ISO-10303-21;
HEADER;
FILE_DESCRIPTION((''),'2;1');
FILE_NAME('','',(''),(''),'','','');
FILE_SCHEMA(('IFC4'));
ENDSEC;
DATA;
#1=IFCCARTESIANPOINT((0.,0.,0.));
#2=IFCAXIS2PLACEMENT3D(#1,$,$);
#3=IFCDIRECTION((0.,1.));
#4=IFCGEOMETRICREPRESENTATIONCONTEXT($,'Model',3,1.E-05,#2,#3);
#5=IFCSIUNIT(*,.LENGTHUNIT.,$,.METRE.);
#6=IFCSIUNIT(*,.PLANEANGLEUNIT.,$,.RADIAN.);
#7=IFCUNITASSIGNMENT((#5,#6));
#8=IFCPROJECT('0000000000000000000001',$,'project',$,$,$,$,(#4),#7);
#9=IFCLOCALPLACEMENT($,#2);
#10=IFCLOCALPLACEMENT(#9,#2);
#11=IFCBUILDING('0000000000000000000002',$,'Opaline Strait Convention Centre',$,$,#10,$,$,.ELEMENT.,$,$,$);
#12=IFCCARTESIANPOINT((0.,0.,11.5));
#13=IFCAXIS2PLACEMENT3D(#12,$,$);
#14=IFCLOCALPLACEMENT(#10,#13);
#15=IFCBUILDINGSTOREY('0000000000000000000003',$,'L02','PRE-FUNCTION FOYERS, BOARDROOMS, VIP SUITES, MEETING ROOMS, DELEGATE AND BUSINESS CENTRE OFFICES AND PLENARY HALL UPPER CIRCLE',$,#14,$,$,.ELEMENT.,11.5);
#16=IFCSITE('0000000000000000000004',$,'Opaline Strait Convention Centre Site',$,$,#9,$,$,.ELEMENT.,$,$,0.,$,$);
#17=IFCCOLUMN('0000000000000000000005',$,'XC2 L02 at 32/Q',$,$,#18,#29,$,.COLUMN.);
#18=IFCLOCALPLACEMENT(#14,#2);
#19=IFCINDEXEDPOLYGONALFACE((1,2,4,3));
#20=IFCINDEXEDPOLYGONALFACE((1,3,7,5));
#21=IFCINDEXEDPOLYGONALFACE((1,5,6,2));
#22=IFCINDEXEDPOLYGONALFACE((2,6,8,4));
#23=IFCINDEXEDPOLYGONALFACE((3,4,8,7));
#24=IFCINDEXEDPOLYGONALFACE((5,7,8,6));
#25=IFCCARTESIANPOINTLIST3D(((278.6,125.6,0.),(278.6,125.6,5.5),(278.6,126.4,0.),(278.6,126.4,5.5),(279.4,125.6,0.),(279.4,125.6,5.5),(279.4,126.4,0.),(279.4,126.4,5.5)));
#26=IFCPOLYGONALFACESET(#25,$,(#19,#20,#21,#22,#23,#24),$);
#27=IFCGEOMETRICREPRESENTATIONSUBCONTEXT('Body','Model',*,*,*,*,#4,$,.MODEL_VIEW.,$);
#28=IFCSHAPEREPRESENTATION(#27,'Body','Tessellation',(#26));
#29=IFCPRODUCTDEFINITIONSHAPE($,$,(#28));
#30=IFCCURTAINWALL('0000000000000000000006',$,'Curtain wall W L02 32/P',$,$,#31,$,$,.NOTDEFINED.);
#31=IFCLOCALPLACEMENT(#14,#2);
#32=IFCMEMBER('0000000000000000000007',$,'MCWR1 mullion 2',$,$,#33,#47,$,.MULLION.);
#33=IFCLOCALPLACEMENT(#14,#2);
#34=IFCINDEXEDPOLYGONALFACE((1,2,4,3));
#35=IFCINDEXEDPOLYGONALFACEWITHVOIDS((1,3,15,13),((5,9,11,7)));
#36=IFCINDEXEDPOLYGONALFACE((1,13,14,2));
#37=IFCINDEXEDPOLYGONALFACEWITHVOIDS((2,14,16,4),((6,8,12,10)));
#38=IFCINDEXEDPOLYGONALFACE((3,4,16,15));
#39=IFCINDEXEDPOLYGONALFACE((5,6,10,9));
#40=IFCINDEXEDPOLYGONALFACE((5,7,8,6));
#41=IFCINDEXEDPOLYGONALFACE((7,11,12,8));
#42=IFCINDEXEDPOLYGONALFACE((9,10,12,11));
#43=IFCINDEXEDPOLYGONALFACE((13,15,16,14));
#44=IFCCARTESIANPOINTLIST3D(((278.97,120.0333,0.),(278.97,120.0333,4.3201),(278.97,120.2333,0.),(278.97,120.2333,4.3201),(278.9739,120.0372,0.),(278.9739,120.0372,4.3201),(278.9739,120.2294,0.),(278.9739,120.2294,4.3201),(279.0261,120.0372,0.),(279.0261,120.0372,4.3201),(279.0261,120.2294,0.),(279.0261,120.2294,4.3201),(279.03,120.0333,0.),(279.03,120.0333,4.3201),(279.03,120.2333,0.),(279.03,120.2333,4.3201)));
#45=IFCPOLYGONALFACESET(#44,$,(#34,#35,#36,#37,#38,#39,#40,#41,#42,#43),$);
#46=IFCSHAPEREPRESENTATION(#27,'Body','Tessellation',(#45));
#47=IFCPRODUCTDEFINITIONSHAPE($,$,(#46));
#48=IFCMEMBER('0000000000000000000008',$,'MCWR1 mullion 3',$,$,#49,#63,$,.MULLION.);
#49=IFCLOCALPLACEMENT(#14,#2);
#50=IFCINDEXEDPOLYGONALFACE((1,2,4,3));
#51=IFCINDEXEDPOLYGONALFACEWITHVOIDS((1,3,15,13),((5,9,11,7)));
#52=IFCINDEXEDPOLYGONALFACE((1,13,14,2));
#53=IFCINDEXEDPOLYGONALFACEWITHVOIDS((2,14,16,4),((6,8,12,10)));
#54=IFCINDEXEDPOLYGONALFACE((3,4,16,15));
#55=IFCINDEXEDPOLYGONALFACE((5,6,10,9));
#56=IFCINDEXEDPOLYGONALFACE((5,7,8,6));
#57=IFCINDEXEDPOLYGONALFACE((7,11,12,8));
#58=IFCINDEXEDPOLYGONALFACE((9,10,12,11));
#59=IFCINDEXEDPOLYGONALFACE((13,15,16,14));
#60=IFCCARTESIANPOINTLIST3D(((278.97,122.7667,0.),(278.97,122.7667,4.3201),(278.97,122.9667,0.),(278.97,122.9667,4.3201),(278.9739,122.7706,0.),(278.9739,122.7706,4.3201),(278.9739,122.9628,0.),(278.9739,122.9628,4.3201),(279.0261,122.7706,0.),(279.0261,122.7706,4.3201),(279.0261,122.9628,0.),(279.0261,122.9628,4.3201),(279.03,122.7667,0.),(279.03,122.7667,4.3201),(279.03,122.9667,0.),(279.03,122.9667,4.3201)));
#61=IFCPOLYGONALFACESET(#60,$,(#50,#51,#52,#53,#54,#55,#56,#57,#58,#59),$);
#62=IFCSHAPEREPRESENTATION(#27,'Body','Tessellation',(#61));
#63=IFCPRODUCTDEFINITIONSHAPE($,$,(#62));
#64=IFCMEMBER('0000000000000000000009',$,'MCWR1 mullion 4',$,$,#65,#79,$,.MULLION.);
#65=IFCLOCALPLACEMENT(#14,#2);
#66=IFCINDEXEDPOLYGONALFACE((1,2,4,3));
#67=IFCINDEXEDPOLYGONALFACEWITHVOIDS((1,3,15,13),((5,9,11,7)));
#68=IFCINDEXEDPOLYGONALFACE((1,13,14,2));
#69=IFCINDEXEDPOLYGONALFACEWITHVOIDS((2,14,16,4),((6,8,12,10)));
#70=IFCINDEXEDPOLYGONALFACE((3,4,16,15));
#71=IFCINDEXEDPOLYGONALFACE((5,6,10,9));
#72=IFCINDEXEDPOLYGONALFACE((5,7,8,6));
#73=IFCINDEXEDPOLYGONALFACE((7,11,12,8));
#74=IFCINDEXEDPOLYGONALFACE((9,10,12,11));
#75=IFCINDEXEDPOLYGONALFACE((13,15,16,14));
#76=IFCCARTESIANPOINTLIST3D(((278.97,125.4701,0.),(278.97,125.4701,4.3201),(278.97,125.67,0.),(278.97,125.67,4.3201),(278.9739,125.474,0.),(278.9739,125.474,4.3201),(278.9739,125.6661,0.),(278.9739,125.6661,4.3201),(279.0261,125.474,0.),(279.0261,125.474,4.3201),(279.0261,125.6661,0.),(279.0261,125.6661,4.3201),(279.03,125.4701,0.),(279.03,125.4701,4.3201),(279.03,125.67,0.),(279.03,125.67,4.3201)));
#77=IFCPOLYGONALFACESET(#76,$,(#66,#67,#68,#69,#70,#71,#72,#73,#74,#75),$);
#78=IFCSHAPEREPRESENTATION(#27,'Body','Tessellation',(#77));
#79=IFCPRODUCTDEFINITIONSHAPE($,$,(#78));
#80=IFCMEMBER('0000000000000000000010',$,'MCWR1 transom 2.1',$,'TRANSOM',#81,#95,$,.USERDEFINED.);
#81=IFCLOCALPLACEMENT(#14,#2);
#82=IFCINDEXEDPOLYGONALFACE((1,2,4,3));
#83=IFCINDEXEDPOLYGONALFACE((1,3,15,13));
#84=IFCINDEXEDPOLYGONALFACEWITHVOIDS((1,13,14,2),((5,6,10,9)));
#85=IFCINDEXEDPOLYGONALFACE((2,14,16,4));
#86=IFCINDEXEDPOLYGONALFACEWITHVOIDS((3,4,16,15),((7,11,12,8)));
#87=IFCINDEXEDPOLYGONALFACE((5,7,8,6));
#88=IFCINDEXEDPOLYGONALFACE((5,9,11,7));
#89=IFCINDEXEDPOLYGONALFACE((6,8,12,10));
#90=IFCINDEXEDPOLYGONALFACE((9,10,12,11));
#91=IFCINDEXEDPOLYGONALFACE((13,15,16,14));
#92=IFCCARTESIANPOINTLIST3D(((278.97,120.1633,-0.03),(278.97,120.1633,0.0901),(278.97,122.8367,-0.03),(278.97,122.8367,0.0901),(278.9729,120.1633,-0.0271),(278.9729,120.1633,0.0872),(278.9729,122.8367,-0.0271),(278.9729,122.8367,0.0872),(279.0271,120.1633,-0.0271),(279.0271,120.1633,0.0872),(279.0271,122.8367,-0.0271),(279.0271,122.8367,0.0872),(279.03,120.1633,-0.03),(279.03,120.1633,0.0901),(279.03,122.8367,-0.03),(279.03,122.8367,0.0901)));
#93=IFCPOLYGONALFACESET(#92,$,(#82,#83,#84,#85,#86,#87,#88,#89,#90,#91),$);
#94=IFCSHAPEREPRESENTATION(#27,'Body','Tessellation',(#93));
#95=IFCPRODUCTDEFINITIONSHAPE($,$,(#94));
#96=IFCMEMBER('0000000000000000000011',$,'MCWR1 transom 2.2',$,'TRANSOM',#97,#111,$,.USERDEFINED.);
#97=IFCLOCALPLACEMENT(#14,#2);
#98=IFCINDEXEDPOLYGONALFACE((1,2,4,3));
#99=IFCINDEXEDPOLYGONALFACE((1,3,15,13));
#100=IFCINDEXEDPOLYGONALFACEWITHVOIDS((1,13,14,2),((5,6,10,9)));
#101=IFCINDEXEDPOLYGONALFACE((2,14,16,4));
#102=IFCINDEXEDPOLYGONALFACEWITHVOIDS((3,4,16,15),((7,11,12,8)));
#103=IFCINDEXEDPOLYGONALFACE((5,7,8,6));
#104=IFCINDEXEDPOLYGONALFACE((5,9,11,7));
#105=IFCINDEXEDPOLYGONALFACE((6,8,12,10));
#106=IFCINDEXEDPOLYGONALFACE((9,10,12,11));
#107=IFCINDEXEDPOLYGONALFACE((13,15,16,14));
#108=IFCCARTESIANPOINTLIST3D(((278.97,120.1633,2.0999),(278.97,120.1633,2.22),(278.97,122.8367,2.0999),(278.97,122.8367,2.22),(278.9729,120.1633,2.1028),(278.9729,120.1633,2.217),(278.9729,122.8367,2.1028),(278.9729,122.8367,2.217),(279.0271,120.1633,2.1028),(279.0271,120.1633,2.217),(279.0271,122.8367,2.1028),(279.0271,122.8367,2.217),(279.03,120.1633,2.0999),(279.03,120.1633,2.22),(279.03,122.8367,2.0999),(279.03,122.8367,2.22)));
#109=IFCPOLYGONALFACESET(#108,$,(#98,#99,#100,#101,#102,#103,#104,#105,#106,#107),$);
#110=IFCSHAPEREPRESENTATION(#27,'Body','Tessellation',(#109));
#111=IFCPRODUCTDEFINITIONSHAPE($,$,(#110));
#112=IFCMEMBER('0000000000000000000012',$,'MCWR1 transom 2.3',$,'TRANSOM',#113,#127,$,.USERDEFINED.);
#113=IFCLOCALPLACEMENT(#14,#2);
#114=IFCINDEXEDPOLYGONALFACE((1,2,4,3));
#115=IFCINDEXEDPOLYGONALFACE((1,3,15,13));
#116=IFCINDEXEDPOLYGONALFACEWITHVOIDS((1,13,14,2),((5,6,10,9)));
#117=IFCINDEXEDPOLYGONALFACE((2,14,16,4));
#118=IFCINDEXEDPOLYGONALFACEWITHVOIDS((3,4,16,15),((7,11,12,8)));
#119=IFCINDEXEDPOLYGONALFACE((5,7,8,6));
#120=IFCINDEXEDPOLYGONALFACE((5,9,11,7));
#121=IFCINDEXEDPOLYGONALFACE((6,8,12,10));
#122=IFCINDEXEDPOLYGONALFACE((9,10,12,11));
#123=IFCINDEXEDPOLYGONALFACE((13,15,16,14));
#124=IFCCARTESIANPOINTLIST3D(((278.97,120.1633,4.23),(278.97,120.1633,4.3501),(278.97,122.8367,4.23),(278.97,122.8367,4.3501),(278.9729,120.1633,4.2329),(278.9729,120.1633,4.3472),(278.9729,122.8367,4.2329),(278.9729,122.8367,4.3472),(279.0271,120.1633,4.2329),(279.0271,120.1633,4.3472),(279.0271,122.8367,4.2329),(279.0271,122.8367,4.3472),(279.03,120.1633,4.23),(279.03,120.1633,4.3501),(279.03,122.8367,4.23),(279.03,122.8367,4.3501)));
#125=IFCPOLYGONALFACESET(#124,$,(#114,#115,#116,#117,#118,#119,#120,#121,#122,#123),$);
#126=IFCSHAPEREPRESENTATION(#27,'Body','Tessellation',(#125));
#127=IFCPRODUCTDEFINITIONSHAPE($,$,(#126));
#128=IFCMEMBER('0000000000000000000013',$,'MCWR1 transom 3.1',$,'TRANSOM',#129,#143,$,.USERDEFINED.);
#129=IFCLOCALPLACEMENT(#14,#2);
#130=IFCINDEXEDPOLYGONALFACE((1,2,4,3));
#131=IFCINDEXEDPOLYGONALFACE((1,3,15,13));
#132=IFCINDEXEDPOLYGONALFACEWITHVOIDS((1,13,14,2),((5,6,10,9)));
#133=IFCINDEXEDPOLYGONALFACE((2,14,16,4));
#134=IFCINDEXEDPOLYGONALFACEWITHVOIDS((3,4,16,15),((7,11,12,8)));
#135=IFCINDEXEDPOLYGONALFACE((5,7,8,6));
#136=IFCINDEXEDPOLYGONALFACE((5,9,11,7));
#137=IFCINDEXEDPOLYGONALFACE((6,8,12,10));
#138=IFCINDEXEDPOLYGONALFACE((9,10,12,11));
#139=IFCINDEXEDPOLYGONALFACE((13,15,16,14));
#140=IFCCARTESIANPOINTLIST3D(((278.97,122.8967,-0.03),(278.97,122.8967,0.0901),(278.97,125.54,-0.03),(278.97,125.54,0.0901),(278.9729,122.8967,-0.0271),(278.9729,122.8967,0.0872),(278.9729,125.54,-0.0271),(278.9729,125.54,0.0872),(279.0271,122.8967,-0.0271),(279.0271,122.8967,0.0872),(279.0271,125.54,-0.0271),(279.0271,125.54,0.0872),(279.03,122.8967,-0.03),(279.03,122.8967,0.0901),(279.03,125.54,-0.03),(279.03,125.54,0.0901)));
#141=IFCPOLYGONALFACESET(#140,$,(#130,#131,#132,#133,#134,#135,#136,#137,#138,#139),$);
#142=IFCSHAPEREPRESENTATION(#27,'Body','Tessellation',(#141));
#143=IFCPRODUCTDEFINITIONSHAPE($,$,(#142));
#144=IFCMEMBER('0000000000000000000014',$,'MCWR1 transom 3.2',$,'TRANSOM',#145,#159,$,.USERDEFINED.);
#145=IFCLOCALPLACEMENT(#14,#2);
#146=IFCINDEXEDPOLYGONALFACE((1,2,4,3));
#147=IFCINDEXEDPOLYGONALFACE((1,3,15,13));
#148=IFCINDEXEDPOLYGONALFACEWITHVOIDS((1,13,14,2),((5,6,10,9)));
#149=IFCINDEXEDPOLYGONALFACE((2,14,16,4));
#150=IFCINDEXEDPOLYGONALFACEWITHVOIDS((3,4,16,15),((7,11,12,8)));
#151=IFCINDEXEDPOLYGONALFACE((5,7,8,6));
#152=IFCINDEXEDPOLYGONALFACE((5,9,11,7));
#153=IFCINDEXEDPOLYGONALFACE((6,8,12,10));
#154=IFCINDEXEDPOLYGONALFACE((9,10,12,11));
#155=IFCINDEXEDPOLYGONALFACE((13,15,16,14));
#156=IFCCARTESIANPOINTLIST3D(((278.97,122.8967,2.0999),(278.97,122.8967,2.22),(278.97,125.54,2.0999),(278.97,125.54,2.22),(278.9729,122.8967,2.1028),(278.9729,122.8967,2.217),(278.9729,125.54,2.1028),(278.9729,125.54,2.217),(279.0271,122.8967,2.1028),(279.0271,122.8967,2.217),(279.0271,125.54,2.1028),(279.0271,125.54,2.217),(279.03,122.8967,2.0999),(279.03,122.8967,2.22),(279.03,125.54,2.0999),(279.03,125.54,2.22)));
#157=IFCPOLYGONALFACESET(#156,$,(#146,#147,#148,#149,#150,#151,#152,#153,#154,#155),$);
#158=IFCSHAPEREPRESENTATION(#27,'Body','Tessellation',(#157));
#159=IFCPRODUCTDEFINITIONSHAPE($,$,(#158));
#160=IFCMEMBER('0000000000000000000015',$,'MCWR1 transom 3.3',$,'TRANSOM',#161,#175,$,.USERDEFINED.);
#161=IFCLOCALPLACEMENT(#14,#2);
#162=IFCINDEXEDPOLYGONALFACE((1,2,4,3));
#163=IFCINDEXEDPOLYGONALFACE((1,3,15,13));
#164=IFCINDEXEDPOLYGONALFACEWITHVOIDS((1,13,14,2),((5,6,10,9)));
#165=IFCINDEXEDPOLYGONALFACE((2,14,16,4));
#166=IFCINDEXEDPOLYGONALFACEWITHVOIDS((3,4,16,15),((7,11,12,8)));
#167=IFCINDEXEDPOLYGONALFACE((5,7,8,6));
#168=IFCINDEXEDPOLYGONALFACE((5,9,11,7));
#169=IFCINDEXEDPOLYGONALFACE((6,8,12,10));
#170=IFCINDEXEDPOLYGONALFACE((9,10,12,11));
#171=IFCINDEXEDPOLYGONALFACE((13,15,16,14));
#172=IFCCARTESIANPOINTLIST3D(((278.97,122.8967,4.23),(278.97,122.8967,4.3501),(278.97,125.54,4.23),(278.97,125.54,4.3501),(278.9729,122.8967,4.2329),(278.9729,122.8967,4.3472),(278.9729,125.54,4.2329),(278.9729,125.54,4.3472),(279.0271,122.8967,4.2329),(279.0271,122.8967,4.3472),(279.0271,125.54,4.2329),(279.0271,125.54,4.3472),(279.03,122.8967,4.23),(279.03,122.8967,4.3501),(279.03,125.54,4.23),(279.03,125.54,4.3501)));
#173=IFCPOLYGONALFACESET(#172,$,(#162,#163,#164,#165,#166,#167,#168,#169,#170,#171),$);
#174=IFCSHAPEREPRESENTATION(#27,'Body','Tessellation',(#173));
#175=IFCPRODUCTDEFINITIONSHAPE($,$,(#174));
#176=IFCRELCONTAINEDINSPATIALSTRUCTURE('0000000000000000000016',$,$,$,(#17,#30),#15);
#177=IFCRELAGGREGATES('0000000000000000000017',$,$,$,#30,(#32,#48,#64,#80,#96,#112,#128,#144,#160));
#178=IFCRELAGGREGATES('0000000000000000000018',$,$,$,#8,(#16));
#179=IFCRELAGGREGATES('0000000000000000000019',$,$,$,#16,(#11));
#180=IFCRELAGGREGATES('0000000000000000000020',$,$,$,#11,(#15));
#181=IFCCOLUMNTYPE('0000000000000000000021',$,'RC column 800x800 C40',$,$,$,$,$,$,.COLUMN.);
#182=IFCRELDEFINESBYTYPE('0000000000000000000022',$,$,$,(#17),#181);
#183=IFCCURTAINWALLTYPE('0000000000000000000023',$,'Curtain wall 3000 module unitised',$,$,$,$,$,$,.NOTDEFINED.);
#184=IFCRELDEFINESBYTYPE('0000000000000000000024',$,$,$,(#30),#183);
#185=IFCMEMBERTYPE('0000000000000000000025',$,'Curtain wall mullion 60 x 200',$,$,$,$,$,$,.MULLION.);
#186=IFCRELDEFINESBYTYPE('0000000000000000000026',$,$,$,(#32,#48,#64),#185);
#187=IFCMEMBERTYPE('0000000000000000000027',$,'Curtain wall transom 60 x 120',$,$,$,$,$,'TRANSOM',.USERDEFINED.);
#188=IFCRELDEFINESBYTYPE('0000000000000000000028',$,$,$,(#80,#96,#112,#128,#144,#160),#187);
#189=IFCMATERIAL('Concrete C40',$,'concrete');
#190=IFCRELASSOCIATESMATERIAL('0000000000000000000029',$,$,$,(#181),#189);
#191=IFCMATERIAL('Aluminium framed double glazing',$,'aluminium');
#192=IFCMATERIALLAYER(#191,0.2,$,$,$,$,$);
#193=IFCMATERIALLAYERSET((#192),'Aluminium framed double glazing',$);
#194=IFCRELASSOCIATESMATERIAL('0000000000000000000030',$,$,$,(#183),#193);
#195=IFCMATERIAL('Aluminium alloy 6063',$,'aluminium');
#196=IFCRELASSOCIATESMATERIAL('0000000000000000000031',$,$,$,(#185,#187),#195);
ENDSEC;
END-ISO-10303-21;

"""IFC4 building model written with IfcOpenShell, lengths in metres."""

from ifc_helpers import new_model, si_unit, direction, frame, origin, origin_2d, place, context, subcontext, project, spatial, rectangle, hollow_rectangle, extrude, material, layer, layer_set, material_profile, profile_set, type_object, element, aggregate, save


model = new_model("IFC4")

# Units and contexts
model_context = context("Model", 3, precision=1e-05, world=origin(), true_north=direction((0.0, 1.0)))
body_context = subcontext(model_context, "Body", "Model", "MODEL_VIEW")
ifc_project = project(units=[si_unit("LENGTHUNIT", "METRE"), si_unit("PLANEANGLEUNIT", "RADIAN")], contexts=[model_context])

# Site, building, storey
site_placement = place(None, origin())
site = spatial("IfcSite", under=ifc_project, at=site_placement, Name="Opaline Strait Convention Centre Site", CompositionType="ELEMENT", RefElevation=0.0)
building_placement = place(site_placement, origin())
building = spatial("IfcBuilding", under=site, at=building_placement, Name="Opaline Strait Convention Centre", CompositionType="ELEMENT")
storey_placement = place(building_placement, frame((0.0, 0.0, 11.5)))
storey = spatial("IfcBuildingStorey", under=building, at=storey_placement, Name="L02", Description="PRE-FUNCTION FOYERS, BOARDROOMS, VIP SUITES, MEETING ROOMS, DELEGATE AND BUSINESS CENTRE OFFICES AND PLENARY HALL UPPER CIRCLE", CompositionType="ELEMENT", Elevation=11.5)

# Column
ifc_material_1 = material(Name="Concrete C40", Category="concrete")
ifc_material_profile_1 = material_profile(ifc_material_1, rectangle(XDim=0.8, YDim=0.8, at=origin_2d()), Name="RC 800x800")
ifc_profile_set_1 = profile_set([ifc_material_profile_1], Name="Concrete C40")
column_type = type_object("IfcColumnType", Name="RC column 800x800 C40", PredefinedType="COLUMN", material=ifc_profile_set_1)
column_placement = place(storey_placement, frame((279.0, 126.0, 0.0), z_axis=(0.0, 0.0, 1.0), x_axis=(1.0, 0.0, 0.0)))
element("IfcColumn", 1, at=column_placement, inside=storey, type_object=column_type, Name="XC2 L02 at 32/Q", PredefinedType="COLUMN", context=body_context, shape_type="SweptSolid", body=[
    extrude(rectangle(XDim=0.8, YDim=0.8, at=origin_2d()), origin(), (0.0, 0.0, 1.0), 5.5),
])

# Curtain wall, members
ifc_material_2 = material(Name="Aluminium framed double glazing", Category="aluminium")
ifc_layer_1 = layer(ifc_material_2, 0.2)
ifc_layer_set_1 = layer_set([ifc_layer_1], Name="Aluminium framed double glazing")
curtain_wall_type = type_object("IfcCurtainWallType", Name="Curtain wall 3000 module unitised", PredefinedType="NOTDEFINED", material=ifc_layer_set_1)
curtain_wall_placement = place(storey_placement, origin())
curtain_wall = element("IfcCurtainWall", 2, at=curtain_wall_placement, inside=storey, type_object=curtain_wall_type, Name="Curtain wall W L02 32/P", PredefinedType="NOTDEFINED")
ifc_material_3 = material(Name="Aluminium alloy 6063", Category="aluminium")
ifc_material_profile_2 = material_profile(ifc_material_3, hollow_rectangle(XDim=0.0601, YDim=0.2, WallThickness=0.0039, at=origin_2d()), Name="MULLION 60x200x4")
ifc_profile_set_2 = profile_set([ifc_material_profile_2], Name="Aluminium alloy 6063")
member_type_1 = type_object("IfcMemberType", Name="Curtain wall mullion 60 x 200", PredefinedType="MULLION", material=ifc_profile_set_2)
member_1_placement = place(storey_placement, frame((279.0, 120.1333, 0.0), z_axis=(0.0, 0.0, 1.0), x_axis=(-1.0, 0.0, 0.0)))
member_1 = element("IfcMember", 3, at=member_1_placement, type_object=member_type_1, Name="MCWR1 mullion 2", PredefinedType="MULLION", context=body_context, shape_type="SweptSolid", body=[
    extrude(hollow_rectangle(XDim=0.0601, YDim=0.2, WallThickness=0.0039, at=origin_2d()), origin(), (0.0, 0.0, 1.0), 4.3201),
])
member_2_placement = place(storey_placement, frame((279.0, 122.8667, 0.0), z_axis=(0.0, 0.0, 1.0), x_axis=(-1.0, 0.0, 0.0)))
member_2 = element("IfcMember", 4, at=member_2_placement, type_object=member_type_1, Name="MCWR1 mullion 3", PredefinedType="MULLION", context=body_context, shape_type="SweptSolid", body=[
    extrude(hollow_rectangle(XDim=0.0601, YDim=0.2, WallThickness=0.0039, at=origin_2d()), origin(), (0.0, 0.0, 1.0), 4.3201),
])
member_3_placement = place(storey_placement, frame((279.0, 125.5701, 0.0), z_axis=(0.0, 0.0, 1.0), x_axis=(-1.0, 0.0, 0.0)))
member_3 = element("IfcMember", 5, at=member_3_placement, type_object=member_type_1, Name="MCWR1 mullion 4", PredefinedType="MULLION", context=body_context, shape_type="SweptSolid", body=[
    extrude(hollow_rectangle(XDim=0.0601, YDim=0.2, WallThickness=0.0039, at=origin_2d()), origin(), (0.0, 0.0, 1.0), 4.3201),
])
ifc_material_profile_3 = material_profile(ifc_material_3, hollow_rectangle(XDim=0.0601, YDim=0.1201, WallThickness=0.0029, at=origin_2d()), Name="TRANSOM 60x120x3")
ifc_profile_set_3 = profile_set([ifc_material_profile_3], Name="Aluminium alloy 6063")
member_type_2 = type_object("IfcMemberType", Name="Curtain wall transom 60 x 120", ElementType="TRANSOM", PredefinedType="USERDEFINED", material=ifc_profile_set_3)
member_4_placement = place(storey_placement, frame((279.0, 120.1633, 0.03), z_axis=(0.0, 1.0, 0.0), x_axis=(-1.0, 0.0, 0.0)))
member_4 = element("IfcMember", 6, at=member_4_placement, type_object=member_type_2, Name="MCWR1 transom 2.1", ObjectType="TRANSOM", PredefinedType="USERDEFINED", context=body_context, shape_type="SweptSolid", body=[
    extrude(hollow_rectangle(XDim=0.0601, YDim=0.1201, WallThickness=0.0029, at=origin_2d()), origin(), (0.0, 0.0, 1.0), 2.6733),
])
member_5_placement = place(storey_placement, frame((279.0, 120.1633, 2.1599), z_axis=(0.0, 1.0, 0.0), x_axis=(-1.0, 0.0, 0.0)))
member_5 = element("IfcMember", 7, at=member_5_placement, type_object=member_type_2, Name="MCWR1 transom 2.2", ObjectType="TRANSOM", PredefinedType="USERDEFINED", context=body_context, shape_type="SweptSolid", body=[
    extrude(hollow_rectangle(XDim=0.0601, YDim=0.1201, WallThickness=0.0029, at=origin_2d()), origin(), (0.0, 0.0, 1.0), 2.6733),
])
member_6_placement = place(storey_placement, frame((279.0, 120.1633, 4.29), z_axis=(0.0, 1.0, 0.0), x_axis=(-1.0, 0.0, 0.0)))
member_6 = element("IfcMember", 8, at=member_6_placement, type_object=member_type_2, Name="MCWR1 transom 2.3", ObjectType="TRANSOM", PredefinedType="USERDEFINED", context=body_context, shape_type="SweptSolid", body=[
    extrude(hollow_rectangle(XDim=0.0601, YDim=0.1201, WallThickness=0.0029, at=origin_2d()), origin(), (0.0, 0.0, 1.0), 2.6733),
])
member_7_placement = place(storey_placement, frame((279.0, 122.8967, 0.03), z_axis=(0.0, 1.0, 0.0), x_axis=(-1.0, 0.0, 0.0)))
member_7 = element("IfcMember", 9, at=member_7_placement, type_object=member_type_2, Name="MCWR1 transom 3.1", ObjectType="TRANSOM", PredefinedType="USERDEFINED", context=body_context, shape_type="SweptSolid", body=[
    extrude(hollow_rectangle(XDim=0.0601, YDim=0.1201, WallThickness=0.0029, at=origin_2d()), origin(), (0.0, 0.0, 1.0), 2.6433),
])
member_8_placement = place(storey_placement, frame((279.0, 122.8967, 2.1599), z_axis=(0.0, 1.0, 0.0), x_axis=(-1.0, 0.0, 0.0)))
member_8 = element("IfcMember", 10, at=member_8_placement, type_object=member_type_2, Name="MCWR1 transom 3.2", ObjectType="TRANSOM", PredefinedType="USERDEFINED", context=body_context, shape_type="SweptSolid", body=[
    extrude(hollow_rectangle(XDim=0.0601, YDim=0.1201, WallThickness=0.0029, at=origin_2d()), origin(), (0.0, 0.0, 1.0), 2.6433),
])
member_9_placement = place(storey_placement, frame((279.0, 122.8967, 4.29), z_axis=(0.0, 1.0, 0.0), x_axis=(-1.0, 0.0, 0.0)))
member_9 = element("IfcMember", 11, at=member_9_placement, type_object=member_type_2, Name="MCWR1 transom 3.3", ObjectType="TRANSOM", PredefinedType="USERDEFINED", context=body_context, shape_type="SweptSolid", body=[
    extrude(hollow_rectangle(XDim=0.0601, YDim=0.1201, WallThickness=0.0029, at=origin_2d()), origin(), (0.0, 0.0, 1.0), 2.6433),
])

aggregate(curtain_wall, [member_1, member_2, member_3, member_4, member_5, member_6, member_7, member_8, member_9])

save(model, "model.ifc")
